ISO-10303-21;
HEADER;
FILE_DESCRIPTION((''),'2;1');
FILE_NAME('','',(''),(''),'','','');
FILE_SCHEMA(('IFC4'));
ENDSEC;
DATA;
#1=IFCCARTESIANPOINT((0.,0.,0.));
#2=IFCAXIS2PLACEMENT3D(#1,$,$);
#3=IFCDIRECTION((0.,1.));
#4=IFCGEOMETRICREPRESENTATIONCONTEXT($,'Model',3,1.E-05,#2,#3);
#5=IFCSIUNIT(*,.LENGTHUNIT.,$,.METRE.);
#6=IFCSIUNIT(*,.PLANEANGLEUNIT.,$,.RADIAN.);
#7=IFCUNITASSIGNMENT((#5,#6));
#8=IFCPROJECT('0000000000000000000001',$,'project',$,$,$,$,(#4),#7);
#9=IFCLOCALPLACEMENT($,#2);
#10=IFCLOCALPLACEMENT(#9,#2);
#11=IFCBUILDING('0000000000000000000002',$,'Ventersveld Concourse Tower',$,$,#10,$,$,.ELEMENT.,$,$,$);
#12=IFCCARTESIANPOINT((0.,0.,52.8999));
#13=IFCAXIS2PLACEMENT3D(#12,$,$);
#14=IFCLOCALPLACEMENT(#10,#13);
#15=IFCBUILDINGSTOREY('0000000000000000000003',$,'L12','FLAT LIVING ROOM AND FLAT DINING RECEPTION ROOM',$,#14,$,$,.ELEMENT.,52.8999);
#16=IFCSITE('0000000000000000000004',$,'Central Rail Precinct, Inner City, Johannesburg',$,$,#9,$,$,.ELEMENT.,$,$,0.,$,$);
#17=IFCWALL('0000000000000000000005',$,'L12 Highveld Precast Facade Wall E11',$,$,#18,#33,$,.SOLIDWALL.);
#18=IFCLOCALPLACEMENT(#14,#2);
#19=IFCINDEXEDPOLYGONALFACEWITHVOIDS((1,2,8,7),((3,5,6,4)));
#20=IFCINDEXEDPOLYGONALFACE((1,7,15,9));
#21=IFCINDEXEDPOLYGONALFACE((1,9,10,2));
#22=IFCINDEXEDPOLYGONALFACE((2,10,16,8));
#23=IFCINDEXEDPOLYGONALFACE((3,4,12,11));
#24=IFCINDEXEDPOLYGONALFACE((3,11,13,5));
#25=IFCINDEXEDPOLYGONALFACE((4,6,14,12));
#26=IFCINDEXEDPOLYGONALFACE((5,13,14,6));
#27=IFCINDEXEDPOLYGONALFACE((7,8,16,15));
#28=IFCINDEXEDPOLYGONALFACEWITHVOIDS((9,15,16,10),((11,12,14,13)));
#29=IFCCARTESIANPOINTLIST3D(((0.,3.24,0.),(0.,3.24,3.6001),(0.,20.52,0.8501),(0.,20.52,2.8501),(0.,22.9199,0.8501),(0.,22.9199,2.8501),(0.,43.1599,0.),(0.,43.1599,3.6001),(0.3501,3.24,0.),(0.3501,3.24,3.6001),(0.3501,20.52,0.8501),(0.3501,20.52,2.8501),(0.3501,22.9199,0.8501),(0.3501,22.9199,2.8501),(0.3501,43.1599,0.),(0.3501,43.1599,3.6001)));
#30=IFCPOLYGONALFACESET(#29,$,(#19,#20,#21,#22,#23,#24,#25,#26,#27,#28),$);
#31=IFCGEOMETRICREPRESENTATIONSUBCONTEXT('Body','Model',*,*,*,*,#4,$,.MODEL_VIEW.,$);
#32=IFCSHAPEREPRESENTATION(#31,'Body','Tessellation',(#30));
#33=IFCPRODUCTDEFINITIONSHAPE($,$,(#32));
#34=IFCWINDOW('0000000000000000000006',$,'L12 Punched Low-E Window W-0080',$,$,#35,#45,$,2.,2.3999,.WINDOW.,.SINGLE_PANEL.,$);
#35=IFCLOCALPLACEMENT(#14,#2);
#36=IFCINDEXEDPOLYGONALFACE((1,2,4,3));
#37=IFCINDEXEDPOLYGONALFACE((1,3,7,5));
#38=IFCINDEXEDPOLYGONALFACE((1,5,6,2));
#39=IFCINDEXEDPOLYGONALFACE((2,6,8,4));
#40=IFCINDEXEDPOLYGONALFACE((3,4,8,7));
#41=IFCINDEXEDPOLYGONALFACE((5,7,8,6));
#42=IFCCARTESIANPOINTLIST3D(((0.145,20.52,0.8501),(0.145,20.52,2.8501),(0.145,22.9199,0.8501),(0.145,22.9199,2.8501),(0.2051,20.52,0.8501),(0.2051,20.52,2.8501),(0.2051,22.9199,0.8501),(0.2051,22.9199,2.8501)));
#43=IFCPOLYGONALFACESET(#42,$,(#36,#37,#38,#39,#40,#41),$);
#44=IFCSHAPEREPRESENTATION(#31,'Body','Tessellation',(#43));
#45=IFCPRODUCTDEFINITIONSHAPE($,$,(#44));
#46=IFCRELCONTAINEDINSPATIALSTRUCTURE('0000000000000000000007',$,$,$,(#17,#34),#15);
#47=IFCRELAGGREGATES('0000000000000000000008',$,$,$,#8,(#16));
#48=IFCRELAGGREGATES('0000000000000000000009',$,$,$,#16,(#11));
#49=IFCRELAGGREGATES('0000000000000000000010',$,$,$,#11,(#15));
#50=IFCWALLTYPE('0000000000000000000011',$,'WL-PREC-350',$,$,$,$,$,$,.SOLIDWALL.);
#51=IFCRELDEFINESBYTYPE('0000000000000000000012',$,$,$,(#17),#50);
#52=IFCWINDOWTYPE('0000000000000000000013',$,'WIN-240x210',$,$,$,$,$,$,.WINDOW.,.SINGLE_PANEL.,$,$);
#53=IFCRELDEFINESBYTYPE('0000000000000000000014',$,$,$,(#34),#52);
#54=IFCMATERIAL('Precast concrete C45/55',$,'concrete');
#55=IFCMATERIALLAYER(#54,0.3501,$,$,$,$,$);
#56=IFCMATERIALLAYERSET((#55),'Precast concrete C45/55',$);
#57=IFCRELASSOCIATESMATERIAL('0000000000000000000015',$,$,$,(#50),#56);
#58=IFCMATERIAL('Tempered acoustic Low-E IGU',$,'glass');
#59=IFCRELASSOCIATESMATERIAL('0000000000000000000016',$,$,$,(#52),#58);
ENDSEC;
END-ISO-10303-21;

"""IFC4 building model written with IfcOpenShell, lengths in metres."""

from ifc_helpers import new_model, si_unit, direction, frame, frame_2d, origin, place, context, subcontext, project, spatial, rectangle, extrude, material, layer, layer_set, type_object, element, fill, save


model = new_model("IFC4")

# Units and contexts
model_context = context("Model", 3, precision=1e-05, world=origin(), true_north=direction((0.0, 1.0)))
body_context = subcontext(model_context, "Body", "Model", "MODEL_VIEW")
ifc_project = project(units=[si_unit("LENGTHUNIT", "METRE"), si_unit("PLANEANGLEUNIT", "RADIAN")], contexts=[model_context])

# Site, building, storey
site_placement = place(None, origin())
site = spatial("IfcSite", under=ifc_project, at=site_placement, Name="Central Rail Precinct, Inner City, Johannesburg", CompositionType="ELEMENT", RefElevation=0.0)
building_placement = place(site_placement, origin())
building = spatial("IfcBuilding", under=site, at=building_placement, Name="Ventersveld Concourse Tower", CompositionType="ELEMENT")
storey_placement = place(building_placement, frame((0.0, 0.0, 52.8999)))
storey = spatial("IfcBuildingStorey", under=building, at=storey_placement, Name="L12", Description="FLAT LIVING ROOM AND FLAT DINING RECEPTION ROOM", CompositionType="ELEMENT", Elevation=52.8999)

# Shared definitions
ifc_material_1 = material(Name="Precast concrete C45/55", Category="concrete")
ifc_layer_1 = layer(ifc_material_1, 0.3501)
ifc_layer_set_1 = layer_set([ifc_layer_1], Name="Precast concrete C45/55")
wall_type_1 = type_object("IfcWallType", Name="WL-PREC-350", PredefinedType="SOLIDWALL", material=ifc_layer_set_1)

# Wall, opening, window
wall_1_placement = place(storey_placement, frame((0.175, 43.1599, 0.0), z_axis=(0.0, 0.0, 1.0), x_axis=(0.0, -1.0, 0.0)))
wall_1 = element("IfcWall", 1, at=wall_1_placement, inside=storey, type_object=wall_type_1, Name="L12 Highveld Precast Facade Wall E11", PredefinedType="SOLIDWALL", context=body_context, shape_type="SweptSolid", body=[
    extrude(rectangle(XDim=39.9199, YDim=0.3501, at=frame_2d((19.96, 0.0))), origin(), (0.0, 0.0, 1.0), 3.6001),
])
opening_1_placement = place(wall_1_placement, frame((20.24, 0.0, 0.8501)))
opening_1 = element("IfcOpeningElement", 2, at=opening_1_placement, cuts=wall_1, PredefinedType="OPENING", context=body_context, shape_type="SweptSolid", body=[
    extrude(rectangle(XDim=2.3999, YDim=2.0, at=frame_2d((1.2, 1.0))), frame((0.0, 0.1851, 0.0), z_axis=(0.0, -1.0, 0.0), x_axis=(1.0, 0.0, 0.0)), (0.0, 0.0, 1.0), 0.3701),
])
ifc_material_2 = material(Name="Tempered acoustic Low-E IGU", Category="glass")
window_type = type_object("IfcWindowType", Name="WIN-240x210", PartitioningType="SINGLE_PANEL", PredefinedType="WINDOW", material=ifc_material_2)
window_placement = place(opening_1_placement, origin())
window = element("IfcWindow", 3, at=window_placement, inside=storey, type_object=window_type, Name="L12 Punched Low-E Window W-0080", OverallHeight=2.0, OverallWidth=2.3999, PartitioningType="SINGLE_PANEL", PredefinedType="WINDOW", context=body_context, shape_type="SweptSolid", body=[
    extrude(rectangle(XDim=2.3999, YDim=2.0, at=frame_2d((1.2, 1.0))), frame((0.0, 0.03, 0.0), z_axis=(0.0, -1.0, 0.0), x_axis=(1.0, 0.0, 0.0)), (0.0, 0.0, 1.0), 0.0601),
])
fill(opening_1, window)

save(model, "model.ifc")
